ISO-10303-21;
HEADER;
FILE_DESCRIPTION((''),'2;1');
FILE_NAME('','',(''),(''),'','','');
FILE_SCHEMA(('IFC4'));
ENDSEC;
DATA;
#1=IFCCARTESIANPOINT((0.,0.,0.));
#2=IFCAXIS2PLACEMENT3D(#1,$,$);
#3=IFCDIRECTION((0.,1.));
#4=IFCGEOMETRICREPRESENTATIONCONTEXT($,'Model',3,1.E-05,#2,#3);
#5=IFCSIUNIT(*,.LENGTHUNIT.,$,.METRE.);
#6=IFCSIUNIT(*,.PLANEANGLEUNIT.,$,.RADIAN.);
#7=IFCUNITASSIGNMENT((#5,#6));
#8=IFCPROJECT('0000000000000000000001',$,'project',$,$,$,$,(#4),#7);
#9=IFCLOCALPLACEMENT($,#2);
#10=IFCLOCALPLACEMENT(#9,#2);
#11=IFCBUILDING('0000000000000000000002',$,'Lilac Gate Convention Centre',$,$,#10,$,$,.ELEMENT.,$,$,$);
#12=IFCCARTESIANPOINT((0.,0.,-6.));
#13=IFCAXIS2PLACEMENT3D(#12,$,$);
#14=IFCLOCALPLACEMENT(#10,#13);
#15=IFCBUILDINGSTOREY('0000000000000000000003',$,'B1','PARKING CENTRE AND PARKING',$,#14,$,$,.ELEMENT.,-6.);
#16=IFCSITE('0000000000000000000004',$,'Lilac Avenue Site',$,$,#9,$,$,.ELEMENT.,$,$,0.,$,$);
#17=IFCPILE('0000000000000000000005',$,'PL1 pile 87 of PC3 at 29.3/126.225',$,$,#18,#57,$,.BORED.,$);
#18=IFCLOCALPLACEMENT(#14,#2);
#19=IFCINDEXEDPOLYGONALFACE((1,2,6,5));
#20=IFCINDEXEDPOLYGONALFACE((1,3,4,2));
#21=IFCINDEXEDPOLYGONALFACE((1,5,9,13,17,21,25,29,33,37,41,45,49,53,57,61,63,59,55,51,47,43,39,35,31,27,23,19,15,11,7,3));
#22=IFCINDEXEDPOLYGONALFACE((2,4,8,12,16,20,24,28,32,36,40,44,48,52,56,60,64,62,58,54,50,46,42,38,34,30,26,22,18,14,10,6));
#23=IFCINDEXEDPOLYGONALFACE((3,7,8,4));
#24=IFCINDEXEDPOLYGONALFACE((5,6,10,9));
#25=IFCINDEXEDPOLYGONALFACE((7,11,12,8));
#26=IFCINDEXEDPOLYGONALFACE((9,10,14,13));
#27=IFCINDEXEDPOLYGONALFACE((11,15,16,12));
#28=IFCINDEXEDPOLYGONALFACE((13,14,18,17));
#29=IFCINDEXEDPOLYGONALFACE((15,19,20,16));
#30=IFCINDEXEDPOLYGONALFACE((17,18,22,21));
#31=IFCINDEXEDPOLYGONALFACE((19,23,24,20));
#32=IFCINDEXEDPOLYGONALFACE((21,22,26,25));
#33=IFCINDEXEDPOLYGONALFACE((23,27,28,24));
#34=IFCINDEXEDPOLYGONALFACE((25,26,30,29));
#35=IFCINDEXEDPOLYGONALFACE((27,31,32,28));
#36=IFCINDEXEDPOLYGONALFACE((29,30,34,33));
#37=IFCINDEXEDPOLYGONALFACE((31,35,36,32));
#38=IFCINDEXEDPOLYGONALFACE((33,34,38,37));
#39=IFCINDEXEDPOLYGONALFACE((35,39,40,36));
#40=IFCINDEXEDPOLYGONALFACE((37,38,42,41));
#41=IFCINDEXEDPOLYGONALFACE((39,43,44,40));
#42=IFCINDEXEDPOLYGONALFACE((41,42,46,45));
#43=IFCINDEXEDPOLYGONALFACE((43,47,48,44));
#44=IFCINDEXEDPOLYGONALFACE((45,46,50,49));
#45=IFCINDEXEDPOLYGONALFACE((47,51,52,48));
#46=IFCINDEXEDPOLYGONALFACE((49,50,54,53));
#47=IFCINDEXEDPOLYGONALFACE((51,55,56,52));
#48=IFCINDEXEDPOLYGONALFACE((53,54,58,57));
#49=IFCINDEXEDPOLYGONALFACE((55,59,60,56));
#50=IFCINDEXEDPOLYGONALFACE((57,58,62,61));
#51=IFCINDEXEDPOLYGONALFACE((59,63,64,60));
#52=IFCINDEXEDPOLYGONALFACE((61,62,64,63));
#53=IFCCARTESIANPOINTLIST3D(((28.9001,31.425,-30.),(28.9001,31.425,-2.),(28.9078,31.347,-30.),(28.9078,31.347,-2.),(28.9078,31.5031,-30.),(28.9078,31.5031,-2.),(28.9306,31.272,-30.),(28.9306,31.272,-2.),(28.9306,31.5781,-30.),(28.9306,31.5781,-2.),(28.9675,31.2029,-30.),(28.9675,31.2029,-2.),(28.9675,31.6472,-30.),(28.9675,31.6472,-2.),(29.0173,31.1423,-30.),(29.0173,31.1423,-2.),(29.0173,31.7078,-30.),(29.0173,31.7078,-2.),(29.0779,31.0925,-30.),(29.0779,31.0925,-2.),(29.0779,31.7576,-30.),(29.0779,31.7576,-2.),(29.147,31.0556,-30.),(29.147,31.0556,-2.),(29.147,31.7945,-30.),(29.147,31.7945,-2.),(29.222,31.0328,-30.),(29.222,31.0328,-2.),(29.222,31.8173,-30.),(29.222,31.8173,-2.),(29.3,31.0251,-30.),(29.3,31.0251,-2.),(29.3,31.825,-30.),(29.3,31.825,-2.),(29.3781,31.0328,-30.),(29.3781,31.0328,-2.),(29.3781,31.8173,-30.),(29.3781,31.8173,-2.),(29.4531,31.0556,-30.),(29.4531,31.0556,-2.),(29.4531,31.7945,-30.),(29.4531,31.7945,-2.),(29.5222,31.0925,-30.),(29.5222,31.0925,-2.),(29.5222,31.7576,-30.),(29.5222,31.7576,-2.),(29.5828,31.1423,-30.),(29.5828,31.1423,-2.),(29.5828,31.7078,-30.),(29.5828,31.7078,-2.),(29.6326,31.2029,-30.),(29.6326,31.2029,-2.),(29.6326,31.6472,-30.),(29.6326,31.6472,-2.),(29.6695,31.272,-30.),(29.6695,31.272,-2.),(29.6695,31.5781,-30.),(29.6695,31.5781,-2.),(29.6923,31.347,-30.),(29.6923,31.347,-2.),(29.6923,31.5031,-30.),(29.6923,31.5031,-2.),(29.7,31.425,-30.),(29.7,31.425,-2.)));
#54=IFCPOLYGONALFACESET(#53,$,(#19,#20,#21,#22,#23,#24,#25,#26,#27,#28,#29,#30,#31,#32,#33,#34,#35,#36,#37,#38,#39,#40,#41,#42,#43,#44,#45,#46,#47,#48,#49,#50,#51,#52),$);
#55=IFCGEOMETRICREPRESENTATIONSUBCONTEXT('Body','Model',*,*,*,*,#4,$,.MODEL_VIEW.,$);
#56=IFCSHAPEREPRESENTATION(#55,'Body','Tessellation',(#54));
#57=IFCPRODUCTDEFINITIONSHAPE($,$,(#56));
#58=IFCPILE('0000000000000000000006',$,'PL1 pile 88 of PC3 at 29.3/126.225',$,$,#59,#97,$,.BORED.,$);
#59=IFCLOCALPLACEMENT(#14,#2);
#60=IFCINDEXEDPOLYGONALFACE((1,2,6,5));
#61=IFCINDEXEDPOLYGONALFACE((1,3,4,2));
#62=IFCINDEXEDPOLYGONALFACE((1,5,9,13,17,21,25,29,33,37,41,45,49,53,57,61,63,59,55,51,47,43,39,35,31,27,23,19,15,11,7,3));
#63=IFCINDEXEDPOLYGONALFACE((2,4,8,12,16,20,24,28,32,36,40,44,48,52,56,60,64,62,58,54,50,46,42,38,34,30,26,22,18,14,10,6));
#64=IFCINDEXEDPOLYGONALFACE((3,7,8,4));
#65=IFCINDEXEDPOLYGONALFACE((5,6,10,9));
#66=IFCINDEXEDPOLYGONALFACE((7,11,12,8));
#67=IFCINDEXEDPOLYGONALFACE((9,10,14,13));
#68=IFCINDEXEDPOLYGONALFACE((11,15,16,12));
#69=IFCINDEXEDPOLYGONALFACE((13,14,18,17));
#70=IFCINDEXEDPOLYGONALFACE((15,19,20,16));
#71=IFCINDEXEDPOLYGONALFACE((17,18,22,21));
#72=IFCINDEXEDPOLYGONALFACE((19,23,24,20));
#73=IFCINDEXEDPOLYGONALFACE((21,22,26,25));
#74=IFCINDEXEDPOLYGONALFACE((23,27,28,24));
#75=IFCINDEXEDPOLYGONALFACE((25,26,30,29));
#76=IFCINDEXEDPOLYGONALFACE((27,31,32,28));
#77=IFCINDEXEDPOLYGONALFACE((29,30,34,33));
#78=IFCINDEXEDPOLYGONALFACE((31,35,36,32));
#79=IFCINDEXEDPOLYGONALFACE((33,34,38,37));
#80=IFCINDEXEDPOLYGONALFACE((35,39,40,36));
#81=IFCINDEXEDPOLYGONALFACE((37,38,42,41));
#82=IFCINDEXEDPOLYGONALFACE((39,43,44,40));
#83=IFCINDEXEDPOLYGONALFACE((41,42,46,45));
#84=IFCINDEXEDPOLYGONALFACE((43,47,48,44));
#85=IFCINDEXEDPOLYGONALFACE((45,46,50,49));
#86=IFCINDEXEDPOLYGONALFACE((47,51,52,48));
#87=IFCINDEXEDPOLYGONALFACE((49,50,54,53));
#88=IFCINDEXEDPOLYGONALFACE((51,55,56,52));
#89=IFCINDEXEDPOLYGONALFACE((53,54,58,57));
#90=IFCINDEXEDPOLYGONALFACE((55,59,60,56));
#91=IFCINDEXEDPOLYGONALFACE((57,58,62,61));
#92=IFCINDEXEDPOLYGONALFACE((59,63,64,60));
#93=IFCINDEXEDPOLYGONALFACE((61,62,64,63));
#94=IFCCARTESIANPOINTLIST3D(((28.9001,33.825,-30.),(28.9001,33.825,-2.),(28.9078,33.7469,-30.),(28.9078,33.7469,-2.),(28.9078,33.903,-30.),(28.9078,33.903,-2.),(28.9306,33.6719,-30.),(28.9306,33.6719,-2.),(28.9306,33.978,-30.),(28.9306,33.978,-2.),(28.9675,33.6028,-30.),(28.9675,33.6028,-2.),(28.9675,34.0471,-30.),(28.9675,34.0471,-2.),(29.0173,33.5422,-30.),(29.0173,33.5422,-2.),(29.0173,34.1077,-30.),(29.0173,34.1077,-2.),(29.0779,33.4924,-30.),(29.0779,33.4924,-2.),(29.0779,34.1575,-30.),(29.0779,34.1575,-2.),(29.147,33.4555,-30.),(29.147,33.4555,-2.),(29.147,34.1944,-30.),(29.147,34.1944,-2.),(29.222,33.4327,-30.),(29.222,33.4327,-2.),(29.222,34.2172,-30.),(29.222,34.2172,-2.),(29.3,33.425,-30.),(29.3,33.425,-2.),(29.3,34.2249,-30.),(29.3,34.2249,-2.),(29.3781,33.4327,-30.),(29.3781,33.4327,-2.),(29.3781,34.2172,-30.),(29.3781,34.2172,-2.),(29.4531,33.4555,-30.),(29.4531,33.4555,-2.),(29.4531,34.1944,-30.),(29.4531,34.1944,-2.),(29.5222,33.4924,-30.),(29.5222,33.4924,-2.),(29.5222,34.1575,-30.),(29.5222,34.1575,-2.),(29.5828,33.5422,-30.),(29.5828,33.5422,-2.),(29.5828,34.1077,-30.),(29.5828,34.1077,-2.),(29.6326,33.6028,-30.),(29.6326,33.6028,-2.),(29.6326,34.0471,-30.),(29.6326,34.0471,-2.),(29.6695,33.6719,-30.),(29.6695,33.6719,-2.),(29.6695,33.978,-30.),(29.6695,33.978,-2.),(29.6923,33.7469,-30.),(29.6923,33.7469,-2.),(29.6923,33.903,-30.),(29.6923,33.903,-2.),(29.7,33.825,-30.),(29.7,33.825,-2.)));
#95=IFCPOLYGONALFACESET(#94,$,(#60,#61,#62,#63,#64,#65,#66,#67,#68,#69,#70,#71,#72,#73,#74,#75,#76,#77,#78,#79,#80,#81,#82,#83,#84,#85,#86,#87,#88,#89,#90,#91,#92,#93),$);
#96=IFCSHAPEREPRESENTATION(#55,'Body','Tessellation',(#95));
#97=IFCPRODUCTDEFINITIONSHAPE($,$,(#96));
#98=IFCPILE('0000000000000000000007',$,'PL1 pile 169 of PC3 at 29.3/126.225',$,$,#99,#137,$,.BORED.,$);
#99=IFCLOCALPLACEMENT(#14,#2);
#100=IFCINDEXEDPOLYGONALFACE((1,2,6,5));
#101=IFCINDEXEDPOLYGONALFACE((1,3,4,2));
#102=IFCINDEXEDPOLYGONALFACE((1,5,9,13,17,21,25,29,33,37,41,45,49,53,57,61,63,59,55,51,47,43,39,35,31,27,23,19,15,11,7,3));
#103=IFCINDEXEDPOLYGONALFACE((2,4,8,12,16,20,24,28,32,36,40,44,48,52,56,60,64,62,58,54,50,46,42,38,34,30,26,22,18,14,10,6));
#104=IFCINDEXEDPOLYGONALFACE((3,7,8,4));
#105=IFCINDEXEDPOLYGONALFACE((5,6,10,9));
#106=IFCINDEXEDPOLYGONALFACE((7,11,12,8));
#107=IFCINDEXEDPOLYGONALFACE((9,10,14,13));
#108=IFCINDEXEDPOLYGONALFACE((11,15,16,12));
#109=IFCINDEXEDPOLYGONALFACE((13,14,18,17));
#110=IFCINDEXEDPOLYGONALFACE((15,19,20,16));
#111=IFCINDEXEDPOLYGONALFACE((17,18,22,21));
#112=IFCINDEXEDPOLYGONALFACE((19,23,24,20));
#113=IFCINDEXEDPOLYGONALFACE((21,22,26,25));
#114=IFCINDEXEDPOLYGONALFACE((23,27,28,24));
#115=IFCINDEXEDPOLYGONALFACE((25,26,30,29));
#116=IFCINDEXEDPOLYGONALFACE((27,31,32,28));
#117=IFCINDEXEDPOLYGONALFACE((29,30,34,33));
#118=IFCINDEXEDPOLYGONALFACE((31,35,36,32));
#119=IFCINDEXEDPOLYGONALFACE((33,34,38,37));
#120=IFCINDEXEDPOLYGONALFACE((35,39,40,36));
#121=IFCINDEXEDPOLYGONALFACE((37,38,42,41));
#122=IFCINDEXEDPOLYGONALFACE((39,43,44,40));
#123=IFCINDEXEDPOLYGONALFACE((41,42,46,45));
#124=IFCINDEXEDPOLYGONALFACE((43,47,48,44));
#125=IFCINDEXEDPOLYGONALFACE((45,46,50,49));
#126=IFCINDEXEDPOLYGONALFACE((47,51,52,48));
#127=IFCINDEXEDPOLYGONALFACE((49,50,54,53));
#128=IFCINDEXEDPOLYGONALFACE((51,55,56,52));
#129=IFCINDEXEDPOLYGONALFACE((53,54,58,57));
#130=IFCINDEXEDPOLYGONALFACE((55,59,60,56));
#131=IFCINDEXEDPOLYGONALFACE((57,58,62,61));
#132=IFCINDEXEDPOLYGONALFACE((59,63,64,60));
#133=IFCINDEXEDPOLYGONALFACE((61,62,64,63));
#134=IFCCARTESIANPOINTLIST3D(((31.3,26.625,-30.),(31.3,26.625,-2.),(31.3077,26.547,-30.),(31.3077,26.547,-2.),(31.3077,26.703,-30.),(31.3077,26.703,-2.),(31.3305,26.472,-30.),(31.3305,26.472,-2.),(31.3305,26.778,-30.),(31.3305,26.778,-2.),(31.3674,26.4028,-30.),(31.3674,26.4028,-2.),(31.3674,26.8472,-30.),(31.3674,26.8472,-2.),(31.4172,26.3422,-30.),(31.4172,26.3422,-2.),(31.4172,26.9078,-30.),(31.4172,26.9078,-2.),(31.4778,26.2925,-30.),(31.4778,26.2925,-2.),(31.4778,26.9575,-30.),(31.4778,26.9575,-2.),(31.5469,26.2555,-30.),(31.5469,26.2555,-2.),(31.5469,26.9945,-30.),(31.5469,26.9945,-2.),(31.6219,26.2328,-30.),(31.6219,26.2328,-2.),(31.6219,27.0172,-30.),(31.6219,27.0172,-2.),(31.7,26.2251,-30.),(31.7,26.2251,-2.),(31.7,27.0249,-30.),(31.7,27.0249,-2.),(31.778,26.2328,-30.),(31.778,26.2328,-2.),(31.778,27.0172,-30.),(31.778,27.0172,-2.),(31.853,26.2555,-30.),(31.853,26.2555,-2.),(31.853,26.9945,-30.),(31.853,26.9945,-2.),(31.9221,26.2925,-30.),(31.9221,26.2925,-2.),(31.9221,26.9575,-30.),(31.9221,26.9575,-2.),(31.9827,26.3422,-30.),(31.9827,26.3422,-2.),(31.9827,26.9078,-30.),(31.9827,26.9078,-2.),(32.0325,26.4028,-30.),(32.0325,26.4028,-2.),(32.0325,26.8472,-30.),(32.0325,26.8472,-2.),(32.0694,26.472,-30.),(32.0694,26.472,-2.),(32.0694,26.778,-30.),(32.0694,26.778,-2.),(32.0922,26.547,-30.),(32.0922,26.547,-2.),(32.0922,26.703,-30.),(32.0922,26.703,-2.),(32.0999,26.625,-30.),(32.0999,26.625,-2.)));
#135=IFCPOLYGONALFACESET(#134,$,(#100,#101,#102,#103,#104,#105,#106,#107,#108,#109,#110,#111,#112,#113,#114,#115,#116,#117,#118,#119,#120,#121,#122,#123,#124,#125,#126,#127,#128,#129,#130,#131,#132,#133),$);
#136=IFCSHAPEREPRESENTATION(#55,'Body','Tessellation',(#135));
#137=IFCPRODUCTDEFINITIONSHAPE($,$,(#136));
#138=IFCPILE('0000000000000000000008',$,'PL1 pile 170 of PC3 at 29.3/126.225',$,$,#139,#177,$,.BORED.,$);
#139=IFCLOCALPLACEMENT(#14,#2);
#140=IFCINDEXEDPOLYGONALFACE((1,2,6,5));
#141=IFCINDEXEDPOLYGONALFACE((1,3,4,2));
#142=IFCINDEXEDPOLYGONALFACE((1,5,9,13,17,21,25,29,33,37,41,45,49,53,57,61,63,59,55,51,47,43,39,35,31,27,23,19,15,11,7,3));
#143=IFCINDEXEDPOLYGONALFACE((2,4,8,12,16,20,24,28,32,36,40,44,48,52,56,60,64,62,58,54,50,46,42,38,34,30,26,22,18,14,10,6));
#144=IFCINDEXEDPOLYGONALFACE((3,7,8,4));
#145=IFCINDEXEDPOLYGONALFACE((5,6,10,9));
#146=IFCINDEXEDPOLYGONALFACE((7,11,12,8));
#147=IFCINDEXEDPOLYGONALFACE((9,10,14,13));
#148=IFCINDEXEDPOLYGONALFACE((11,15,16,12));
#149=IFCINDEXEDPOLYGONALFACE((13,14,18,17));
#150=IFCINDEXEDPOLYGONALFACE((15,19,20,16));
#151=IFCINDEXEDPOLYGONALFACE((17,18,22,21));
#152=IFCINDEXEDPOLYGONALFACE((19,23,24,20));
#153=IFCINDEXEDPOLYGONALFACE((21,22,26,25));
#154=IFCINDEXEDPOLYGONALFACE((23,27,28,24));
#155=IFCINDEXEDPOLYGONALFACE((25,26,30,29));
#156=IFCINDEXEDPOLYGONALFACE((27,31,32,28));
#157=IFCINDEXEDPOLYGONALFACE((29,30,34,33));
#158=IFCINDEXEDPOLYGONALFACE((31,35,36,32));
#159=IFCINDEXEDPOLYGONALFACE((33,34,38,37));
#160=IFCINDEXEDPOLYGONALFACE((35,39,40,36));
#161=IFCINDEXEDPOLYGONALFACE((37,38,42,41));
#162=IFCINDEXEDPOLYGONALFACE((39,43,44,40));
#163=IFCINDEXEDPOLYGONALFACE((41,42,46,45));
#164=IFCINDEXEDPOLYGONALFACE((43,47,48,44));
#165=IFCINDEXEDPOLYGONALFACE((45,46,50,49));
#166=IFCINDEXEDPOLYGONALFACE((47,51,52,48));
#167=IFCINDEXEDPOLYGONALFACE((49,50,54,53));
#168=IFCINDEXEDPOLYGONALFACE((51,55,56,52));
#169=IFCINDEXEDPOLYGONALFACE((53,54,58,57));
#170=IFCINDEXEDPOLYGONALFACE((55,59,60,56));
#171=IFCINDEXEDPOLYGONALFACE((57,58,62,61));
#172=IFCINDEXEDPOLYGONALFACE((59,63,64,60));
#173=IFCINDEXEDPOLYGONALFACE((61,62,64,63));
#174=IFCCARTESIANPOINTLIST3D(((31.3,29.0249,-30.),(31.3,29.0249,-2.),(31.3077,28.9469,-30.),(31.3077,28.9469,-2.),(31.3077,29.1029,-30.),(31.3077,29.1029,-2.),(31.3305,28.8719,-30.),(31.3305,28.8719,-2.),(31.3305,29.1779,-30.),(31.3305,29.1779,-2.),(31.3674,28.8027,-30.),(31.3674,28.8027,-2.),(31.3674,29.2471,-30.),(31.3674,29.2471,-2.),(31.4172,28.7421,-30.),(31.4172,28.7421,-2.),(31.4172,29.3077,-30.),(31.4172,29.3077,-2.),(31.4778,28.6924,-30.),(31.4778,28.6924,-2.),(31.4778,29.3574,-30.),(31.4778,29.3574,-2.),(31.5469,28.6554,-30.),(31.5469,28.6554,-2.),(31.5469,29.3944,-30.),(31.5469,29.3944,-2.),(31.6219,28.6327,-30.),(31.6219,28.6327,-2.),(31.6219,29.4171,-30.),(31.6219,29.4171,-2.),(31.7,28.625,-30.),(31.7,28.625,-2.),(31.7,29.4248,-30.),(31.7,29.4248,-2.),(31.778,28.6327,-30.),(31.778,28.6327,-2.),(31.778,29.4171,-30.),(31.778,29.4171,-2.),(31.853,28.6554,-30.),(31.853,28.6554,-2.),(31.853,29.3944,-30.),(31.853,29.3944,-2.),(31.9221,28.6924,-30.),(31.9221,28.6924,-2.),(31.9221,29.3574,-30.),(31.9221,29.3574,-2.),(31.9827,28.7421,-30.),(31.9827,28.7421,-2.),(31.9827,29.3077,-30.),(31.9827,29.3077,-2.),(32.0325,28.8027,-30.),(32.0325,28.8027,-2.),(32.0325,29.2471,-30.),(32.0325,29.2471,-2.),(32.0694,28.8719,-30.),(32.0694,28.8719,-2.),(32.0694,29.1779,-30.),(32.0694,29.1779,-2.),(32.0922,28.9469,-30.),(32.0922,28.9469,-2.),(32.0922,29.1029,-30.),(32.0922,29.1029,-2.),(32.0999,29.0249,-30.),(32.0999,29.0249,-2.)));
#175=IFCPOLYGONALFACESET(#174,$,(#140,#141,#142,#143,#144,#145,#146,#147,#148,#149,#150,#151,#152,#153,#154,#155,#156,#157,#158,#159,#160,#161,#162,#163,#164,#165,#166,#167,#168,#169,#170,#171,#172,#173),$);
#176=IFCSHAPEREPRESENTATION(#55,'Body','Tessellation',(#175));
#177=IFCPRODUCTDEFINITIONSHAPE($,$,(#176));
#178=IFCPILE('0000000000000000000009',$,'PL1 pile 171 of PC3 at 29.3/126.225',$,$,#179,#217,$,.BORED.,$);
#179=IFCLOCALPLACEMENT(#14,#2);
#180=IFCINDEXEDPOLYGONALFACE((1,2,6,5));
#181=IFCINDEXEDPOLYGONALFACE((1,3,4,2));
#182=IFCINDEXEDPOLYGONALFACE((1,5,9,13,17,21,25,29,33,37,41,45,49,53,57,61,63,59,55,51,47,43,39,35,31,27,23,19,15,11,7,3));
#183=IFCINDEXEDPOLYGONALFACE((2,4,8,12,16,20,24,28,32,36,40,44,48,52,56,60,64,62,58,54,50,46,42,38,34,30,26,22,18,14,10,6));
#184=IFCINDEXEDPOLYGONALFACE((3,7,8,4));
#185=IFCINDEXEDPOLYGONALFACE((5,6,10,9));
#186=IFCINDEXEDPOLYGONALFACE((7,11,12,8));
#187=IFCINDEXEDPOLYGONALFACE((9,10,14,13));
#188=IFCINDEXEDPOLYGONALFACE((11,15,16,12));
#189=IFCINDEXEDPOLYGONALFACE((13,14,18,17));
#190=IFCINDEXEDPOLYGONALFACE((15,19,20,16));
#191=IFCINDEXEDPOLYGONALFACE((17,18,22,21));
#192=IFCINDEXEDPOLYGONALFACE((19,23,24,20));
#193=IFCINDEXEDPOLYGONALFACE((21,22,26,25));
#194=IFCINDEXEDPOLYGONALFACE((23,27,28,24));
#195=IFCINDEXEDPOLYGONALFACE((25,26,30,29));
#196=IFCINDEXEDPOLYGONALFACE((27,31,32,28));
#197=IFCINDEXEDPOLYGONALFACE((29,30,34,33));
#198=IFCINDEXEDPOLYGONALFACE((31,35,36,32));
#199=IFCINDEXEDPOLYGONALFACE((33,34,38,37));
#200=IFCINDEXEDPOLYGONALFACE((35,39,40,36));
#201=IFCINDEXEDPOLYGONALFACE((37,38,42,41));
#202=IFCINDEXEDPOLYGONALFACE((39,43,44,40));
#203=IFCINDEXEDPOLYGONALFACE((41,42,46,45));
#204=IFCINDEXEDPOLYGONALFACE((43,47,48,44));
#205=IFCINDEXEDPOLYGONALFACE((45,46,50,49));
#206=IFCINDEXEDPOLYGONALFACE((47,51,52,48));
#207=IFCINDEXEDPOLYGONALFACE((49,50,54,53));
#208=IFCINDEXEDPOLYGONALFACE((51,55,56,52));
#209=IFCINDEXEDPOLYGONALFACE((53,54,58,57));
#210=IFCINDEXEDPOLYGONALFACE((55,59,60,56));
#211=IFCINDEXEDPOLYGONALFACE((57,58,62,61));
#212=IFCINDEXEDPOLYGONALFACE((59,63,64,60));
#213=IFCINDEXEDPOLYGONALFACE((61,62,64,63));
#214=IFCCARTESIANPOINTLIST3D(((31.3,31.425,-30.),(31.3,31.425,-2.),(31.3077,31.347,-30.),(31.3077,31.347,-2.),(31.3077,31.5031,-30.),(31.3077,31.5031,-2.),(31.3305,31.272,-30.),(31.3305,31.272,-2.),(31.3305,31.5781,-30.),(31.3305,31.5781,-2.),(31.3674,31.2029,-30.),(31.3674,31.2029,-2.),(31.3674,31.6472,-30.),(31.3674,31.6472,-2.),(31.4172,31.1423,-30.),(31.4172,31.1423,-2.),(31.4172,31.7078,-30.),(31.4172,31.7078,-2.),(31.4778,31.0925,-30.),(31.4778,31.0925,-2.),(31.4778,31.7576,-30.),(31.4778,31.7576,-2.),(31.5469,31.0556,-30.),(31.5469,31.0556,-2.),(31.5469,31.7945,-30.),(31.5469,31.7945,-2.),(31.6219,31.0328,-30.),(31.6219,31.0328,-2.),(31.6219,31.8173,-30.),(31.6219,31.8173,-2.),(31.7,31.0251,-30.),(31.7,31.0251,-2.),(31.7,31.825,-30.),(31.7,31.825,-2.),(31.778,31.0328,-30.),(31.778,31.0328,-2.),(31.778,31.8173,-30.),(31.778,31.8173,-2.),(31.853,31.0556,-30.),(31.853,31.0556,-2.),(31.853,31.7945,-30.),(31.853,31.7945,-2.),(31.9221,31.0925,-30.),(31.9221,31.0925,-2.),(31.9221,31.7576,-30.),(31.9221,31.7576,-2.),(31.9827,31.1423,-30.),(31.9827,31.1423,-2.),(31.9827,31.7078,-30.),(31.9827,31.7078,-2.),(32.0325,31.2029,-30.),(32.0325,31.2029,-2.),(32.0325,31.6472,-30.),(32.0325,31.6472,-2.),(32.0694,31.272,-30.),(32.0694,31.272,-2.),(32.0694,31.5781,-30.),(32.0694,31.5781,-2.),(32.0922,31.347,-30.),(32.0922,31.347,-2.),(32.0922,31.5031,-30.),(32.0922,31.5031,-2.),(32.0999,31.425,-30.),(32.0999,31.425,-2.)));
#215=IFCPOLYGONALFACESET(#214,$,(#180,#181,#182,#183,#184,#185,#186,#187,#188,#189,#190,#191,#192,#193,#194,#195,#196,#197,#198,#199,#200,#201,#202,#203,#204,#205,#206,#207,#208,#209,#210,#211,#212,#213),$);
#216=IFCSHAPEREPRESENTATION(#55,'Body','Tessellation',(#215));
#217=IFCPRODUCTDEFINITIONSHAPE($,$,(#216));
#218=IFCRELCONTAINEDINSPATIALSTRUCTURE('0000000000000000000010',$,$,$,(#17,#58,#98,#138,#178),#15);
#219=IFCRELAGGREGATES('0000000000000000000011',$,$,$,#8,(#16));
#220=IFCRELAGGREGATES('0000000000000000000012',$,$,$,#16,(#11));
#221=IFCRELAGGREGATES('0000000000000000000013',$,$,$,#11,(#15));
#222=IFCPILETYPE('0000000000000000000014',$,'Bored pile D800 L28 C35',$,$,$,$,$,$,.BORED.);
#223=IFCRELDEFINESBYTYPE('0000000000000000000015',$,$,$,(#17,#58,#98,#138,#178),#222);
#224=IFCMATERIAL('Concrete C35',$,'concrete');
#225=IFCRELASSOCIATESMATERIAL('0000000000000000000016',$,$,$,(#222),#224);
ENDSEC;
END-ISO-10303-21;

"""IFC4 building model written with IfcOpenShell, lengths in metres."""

from ifc_helpers import new_model, si_unit, direction, frame, origin, origin_2d, place, context, subcontext, project, spatial, circle, extrude, material, material_profile, profile_set, type_object, element, save


model = new_model("IFC4")

# Units and contexts
model_context = context("Model", 3, precision=1e-05, world=origin(), true_north=direction((0.0, 1.0)))
body_context = subcontext(model_context, "Body", "Model", "MODEL_VIEW")
ifc_project = project(units=[si_unit("LENGTHUNIT", "METRE"), si_unit("PLANEANGLEUNIT", "RADIAN")], contexts=[model_context])

# Site, building, storey
site_placement = place(None, origin())
site = spatial("IfcSite", under=ifc_project, at=site_placement, Name="Lilac Avenue Site", CompositionType="ELEMENT", RefElevation=0.0)
building_placement = place(site_placement, origin())
building = spatial("IfcBuilding", under=site, at=building_placement, Name="Lilac Gate Convention Centre", CompositionType="ELEMENT")
storey_placement = place(building_placement, frame((0.0, 0.0, -6.0)))
storey = spatial("IfcBuildingStorey", under=building, at=storey_placement, Name="B1", Description="PARKING CENTRE AND PARKING", CompositionType="ELEMENT", Elevation=-6.0)

# Piles
ifc_material_1 = material(Name="Concrete C35", Category="concrete")
ifc_material_profile_1 = material_profile(ifc_material_1, circle(Radius=0.3999, at=origin_2d()), Name="D800")
ifc_profile_set_1 = profile_set([ifc_material_profile_1], Name="Concrete C35")
pile_type = type_object("IfcPileType", Name="Bored pile D800 L28 C35", PredefinedType="BORED", material=ifc_profile_set_1)
for number, where, z_axis, x_axis, name in (
    (1, (29.3, 31.425, -2.0), (0.0, 0.0, -1.0), (1.0, 0.0, 0.0), "PL1 pile 87 of PC3 at 29.3/126.225"),
    (2, (29.3, 33.825, -2.0), (0.0, 0.0, -1.0), (1.0, 0.0, 0.0), "PL1 pile 88 of PC3 at 29.3/126.225"),
    (3, (31.7, 26.625, -2.0), (0.0, 0.0, -1.0), (1.0, 0.0, 0.0), "PL1 pile 169 of PC3 at 29.3/126.225"),
    (4, (31.7, 29.0249, -2.0), (0.0, 0.0, -1.0), (1.0, 0.0, 0.0), "PL1 pile 170 of PC3 at 29.3/126.225"),
    (5, (31.7, 31.425, -2.0), (0.0, 0.0, -1.0), (1.0, 0.0, 0.0), "PL1 pile 171 of PC3 at 29.3/126.225"),
):
    element("IfcPile", number, at=place(storey_placement, frame(where, z_axis=z_axis, x_axis=x_axis)), inside=storey, type_object=pile_type, Name=name, PredefinedType="BORED", context=body_context, shape_type="SweptSolid", body=[
        extrude(circle(Radius=0.3999, at=origin_2d()), origin(), (0.0, 0.0, 1.0), 28.0),
    ])

save(model, "model.ifc")
